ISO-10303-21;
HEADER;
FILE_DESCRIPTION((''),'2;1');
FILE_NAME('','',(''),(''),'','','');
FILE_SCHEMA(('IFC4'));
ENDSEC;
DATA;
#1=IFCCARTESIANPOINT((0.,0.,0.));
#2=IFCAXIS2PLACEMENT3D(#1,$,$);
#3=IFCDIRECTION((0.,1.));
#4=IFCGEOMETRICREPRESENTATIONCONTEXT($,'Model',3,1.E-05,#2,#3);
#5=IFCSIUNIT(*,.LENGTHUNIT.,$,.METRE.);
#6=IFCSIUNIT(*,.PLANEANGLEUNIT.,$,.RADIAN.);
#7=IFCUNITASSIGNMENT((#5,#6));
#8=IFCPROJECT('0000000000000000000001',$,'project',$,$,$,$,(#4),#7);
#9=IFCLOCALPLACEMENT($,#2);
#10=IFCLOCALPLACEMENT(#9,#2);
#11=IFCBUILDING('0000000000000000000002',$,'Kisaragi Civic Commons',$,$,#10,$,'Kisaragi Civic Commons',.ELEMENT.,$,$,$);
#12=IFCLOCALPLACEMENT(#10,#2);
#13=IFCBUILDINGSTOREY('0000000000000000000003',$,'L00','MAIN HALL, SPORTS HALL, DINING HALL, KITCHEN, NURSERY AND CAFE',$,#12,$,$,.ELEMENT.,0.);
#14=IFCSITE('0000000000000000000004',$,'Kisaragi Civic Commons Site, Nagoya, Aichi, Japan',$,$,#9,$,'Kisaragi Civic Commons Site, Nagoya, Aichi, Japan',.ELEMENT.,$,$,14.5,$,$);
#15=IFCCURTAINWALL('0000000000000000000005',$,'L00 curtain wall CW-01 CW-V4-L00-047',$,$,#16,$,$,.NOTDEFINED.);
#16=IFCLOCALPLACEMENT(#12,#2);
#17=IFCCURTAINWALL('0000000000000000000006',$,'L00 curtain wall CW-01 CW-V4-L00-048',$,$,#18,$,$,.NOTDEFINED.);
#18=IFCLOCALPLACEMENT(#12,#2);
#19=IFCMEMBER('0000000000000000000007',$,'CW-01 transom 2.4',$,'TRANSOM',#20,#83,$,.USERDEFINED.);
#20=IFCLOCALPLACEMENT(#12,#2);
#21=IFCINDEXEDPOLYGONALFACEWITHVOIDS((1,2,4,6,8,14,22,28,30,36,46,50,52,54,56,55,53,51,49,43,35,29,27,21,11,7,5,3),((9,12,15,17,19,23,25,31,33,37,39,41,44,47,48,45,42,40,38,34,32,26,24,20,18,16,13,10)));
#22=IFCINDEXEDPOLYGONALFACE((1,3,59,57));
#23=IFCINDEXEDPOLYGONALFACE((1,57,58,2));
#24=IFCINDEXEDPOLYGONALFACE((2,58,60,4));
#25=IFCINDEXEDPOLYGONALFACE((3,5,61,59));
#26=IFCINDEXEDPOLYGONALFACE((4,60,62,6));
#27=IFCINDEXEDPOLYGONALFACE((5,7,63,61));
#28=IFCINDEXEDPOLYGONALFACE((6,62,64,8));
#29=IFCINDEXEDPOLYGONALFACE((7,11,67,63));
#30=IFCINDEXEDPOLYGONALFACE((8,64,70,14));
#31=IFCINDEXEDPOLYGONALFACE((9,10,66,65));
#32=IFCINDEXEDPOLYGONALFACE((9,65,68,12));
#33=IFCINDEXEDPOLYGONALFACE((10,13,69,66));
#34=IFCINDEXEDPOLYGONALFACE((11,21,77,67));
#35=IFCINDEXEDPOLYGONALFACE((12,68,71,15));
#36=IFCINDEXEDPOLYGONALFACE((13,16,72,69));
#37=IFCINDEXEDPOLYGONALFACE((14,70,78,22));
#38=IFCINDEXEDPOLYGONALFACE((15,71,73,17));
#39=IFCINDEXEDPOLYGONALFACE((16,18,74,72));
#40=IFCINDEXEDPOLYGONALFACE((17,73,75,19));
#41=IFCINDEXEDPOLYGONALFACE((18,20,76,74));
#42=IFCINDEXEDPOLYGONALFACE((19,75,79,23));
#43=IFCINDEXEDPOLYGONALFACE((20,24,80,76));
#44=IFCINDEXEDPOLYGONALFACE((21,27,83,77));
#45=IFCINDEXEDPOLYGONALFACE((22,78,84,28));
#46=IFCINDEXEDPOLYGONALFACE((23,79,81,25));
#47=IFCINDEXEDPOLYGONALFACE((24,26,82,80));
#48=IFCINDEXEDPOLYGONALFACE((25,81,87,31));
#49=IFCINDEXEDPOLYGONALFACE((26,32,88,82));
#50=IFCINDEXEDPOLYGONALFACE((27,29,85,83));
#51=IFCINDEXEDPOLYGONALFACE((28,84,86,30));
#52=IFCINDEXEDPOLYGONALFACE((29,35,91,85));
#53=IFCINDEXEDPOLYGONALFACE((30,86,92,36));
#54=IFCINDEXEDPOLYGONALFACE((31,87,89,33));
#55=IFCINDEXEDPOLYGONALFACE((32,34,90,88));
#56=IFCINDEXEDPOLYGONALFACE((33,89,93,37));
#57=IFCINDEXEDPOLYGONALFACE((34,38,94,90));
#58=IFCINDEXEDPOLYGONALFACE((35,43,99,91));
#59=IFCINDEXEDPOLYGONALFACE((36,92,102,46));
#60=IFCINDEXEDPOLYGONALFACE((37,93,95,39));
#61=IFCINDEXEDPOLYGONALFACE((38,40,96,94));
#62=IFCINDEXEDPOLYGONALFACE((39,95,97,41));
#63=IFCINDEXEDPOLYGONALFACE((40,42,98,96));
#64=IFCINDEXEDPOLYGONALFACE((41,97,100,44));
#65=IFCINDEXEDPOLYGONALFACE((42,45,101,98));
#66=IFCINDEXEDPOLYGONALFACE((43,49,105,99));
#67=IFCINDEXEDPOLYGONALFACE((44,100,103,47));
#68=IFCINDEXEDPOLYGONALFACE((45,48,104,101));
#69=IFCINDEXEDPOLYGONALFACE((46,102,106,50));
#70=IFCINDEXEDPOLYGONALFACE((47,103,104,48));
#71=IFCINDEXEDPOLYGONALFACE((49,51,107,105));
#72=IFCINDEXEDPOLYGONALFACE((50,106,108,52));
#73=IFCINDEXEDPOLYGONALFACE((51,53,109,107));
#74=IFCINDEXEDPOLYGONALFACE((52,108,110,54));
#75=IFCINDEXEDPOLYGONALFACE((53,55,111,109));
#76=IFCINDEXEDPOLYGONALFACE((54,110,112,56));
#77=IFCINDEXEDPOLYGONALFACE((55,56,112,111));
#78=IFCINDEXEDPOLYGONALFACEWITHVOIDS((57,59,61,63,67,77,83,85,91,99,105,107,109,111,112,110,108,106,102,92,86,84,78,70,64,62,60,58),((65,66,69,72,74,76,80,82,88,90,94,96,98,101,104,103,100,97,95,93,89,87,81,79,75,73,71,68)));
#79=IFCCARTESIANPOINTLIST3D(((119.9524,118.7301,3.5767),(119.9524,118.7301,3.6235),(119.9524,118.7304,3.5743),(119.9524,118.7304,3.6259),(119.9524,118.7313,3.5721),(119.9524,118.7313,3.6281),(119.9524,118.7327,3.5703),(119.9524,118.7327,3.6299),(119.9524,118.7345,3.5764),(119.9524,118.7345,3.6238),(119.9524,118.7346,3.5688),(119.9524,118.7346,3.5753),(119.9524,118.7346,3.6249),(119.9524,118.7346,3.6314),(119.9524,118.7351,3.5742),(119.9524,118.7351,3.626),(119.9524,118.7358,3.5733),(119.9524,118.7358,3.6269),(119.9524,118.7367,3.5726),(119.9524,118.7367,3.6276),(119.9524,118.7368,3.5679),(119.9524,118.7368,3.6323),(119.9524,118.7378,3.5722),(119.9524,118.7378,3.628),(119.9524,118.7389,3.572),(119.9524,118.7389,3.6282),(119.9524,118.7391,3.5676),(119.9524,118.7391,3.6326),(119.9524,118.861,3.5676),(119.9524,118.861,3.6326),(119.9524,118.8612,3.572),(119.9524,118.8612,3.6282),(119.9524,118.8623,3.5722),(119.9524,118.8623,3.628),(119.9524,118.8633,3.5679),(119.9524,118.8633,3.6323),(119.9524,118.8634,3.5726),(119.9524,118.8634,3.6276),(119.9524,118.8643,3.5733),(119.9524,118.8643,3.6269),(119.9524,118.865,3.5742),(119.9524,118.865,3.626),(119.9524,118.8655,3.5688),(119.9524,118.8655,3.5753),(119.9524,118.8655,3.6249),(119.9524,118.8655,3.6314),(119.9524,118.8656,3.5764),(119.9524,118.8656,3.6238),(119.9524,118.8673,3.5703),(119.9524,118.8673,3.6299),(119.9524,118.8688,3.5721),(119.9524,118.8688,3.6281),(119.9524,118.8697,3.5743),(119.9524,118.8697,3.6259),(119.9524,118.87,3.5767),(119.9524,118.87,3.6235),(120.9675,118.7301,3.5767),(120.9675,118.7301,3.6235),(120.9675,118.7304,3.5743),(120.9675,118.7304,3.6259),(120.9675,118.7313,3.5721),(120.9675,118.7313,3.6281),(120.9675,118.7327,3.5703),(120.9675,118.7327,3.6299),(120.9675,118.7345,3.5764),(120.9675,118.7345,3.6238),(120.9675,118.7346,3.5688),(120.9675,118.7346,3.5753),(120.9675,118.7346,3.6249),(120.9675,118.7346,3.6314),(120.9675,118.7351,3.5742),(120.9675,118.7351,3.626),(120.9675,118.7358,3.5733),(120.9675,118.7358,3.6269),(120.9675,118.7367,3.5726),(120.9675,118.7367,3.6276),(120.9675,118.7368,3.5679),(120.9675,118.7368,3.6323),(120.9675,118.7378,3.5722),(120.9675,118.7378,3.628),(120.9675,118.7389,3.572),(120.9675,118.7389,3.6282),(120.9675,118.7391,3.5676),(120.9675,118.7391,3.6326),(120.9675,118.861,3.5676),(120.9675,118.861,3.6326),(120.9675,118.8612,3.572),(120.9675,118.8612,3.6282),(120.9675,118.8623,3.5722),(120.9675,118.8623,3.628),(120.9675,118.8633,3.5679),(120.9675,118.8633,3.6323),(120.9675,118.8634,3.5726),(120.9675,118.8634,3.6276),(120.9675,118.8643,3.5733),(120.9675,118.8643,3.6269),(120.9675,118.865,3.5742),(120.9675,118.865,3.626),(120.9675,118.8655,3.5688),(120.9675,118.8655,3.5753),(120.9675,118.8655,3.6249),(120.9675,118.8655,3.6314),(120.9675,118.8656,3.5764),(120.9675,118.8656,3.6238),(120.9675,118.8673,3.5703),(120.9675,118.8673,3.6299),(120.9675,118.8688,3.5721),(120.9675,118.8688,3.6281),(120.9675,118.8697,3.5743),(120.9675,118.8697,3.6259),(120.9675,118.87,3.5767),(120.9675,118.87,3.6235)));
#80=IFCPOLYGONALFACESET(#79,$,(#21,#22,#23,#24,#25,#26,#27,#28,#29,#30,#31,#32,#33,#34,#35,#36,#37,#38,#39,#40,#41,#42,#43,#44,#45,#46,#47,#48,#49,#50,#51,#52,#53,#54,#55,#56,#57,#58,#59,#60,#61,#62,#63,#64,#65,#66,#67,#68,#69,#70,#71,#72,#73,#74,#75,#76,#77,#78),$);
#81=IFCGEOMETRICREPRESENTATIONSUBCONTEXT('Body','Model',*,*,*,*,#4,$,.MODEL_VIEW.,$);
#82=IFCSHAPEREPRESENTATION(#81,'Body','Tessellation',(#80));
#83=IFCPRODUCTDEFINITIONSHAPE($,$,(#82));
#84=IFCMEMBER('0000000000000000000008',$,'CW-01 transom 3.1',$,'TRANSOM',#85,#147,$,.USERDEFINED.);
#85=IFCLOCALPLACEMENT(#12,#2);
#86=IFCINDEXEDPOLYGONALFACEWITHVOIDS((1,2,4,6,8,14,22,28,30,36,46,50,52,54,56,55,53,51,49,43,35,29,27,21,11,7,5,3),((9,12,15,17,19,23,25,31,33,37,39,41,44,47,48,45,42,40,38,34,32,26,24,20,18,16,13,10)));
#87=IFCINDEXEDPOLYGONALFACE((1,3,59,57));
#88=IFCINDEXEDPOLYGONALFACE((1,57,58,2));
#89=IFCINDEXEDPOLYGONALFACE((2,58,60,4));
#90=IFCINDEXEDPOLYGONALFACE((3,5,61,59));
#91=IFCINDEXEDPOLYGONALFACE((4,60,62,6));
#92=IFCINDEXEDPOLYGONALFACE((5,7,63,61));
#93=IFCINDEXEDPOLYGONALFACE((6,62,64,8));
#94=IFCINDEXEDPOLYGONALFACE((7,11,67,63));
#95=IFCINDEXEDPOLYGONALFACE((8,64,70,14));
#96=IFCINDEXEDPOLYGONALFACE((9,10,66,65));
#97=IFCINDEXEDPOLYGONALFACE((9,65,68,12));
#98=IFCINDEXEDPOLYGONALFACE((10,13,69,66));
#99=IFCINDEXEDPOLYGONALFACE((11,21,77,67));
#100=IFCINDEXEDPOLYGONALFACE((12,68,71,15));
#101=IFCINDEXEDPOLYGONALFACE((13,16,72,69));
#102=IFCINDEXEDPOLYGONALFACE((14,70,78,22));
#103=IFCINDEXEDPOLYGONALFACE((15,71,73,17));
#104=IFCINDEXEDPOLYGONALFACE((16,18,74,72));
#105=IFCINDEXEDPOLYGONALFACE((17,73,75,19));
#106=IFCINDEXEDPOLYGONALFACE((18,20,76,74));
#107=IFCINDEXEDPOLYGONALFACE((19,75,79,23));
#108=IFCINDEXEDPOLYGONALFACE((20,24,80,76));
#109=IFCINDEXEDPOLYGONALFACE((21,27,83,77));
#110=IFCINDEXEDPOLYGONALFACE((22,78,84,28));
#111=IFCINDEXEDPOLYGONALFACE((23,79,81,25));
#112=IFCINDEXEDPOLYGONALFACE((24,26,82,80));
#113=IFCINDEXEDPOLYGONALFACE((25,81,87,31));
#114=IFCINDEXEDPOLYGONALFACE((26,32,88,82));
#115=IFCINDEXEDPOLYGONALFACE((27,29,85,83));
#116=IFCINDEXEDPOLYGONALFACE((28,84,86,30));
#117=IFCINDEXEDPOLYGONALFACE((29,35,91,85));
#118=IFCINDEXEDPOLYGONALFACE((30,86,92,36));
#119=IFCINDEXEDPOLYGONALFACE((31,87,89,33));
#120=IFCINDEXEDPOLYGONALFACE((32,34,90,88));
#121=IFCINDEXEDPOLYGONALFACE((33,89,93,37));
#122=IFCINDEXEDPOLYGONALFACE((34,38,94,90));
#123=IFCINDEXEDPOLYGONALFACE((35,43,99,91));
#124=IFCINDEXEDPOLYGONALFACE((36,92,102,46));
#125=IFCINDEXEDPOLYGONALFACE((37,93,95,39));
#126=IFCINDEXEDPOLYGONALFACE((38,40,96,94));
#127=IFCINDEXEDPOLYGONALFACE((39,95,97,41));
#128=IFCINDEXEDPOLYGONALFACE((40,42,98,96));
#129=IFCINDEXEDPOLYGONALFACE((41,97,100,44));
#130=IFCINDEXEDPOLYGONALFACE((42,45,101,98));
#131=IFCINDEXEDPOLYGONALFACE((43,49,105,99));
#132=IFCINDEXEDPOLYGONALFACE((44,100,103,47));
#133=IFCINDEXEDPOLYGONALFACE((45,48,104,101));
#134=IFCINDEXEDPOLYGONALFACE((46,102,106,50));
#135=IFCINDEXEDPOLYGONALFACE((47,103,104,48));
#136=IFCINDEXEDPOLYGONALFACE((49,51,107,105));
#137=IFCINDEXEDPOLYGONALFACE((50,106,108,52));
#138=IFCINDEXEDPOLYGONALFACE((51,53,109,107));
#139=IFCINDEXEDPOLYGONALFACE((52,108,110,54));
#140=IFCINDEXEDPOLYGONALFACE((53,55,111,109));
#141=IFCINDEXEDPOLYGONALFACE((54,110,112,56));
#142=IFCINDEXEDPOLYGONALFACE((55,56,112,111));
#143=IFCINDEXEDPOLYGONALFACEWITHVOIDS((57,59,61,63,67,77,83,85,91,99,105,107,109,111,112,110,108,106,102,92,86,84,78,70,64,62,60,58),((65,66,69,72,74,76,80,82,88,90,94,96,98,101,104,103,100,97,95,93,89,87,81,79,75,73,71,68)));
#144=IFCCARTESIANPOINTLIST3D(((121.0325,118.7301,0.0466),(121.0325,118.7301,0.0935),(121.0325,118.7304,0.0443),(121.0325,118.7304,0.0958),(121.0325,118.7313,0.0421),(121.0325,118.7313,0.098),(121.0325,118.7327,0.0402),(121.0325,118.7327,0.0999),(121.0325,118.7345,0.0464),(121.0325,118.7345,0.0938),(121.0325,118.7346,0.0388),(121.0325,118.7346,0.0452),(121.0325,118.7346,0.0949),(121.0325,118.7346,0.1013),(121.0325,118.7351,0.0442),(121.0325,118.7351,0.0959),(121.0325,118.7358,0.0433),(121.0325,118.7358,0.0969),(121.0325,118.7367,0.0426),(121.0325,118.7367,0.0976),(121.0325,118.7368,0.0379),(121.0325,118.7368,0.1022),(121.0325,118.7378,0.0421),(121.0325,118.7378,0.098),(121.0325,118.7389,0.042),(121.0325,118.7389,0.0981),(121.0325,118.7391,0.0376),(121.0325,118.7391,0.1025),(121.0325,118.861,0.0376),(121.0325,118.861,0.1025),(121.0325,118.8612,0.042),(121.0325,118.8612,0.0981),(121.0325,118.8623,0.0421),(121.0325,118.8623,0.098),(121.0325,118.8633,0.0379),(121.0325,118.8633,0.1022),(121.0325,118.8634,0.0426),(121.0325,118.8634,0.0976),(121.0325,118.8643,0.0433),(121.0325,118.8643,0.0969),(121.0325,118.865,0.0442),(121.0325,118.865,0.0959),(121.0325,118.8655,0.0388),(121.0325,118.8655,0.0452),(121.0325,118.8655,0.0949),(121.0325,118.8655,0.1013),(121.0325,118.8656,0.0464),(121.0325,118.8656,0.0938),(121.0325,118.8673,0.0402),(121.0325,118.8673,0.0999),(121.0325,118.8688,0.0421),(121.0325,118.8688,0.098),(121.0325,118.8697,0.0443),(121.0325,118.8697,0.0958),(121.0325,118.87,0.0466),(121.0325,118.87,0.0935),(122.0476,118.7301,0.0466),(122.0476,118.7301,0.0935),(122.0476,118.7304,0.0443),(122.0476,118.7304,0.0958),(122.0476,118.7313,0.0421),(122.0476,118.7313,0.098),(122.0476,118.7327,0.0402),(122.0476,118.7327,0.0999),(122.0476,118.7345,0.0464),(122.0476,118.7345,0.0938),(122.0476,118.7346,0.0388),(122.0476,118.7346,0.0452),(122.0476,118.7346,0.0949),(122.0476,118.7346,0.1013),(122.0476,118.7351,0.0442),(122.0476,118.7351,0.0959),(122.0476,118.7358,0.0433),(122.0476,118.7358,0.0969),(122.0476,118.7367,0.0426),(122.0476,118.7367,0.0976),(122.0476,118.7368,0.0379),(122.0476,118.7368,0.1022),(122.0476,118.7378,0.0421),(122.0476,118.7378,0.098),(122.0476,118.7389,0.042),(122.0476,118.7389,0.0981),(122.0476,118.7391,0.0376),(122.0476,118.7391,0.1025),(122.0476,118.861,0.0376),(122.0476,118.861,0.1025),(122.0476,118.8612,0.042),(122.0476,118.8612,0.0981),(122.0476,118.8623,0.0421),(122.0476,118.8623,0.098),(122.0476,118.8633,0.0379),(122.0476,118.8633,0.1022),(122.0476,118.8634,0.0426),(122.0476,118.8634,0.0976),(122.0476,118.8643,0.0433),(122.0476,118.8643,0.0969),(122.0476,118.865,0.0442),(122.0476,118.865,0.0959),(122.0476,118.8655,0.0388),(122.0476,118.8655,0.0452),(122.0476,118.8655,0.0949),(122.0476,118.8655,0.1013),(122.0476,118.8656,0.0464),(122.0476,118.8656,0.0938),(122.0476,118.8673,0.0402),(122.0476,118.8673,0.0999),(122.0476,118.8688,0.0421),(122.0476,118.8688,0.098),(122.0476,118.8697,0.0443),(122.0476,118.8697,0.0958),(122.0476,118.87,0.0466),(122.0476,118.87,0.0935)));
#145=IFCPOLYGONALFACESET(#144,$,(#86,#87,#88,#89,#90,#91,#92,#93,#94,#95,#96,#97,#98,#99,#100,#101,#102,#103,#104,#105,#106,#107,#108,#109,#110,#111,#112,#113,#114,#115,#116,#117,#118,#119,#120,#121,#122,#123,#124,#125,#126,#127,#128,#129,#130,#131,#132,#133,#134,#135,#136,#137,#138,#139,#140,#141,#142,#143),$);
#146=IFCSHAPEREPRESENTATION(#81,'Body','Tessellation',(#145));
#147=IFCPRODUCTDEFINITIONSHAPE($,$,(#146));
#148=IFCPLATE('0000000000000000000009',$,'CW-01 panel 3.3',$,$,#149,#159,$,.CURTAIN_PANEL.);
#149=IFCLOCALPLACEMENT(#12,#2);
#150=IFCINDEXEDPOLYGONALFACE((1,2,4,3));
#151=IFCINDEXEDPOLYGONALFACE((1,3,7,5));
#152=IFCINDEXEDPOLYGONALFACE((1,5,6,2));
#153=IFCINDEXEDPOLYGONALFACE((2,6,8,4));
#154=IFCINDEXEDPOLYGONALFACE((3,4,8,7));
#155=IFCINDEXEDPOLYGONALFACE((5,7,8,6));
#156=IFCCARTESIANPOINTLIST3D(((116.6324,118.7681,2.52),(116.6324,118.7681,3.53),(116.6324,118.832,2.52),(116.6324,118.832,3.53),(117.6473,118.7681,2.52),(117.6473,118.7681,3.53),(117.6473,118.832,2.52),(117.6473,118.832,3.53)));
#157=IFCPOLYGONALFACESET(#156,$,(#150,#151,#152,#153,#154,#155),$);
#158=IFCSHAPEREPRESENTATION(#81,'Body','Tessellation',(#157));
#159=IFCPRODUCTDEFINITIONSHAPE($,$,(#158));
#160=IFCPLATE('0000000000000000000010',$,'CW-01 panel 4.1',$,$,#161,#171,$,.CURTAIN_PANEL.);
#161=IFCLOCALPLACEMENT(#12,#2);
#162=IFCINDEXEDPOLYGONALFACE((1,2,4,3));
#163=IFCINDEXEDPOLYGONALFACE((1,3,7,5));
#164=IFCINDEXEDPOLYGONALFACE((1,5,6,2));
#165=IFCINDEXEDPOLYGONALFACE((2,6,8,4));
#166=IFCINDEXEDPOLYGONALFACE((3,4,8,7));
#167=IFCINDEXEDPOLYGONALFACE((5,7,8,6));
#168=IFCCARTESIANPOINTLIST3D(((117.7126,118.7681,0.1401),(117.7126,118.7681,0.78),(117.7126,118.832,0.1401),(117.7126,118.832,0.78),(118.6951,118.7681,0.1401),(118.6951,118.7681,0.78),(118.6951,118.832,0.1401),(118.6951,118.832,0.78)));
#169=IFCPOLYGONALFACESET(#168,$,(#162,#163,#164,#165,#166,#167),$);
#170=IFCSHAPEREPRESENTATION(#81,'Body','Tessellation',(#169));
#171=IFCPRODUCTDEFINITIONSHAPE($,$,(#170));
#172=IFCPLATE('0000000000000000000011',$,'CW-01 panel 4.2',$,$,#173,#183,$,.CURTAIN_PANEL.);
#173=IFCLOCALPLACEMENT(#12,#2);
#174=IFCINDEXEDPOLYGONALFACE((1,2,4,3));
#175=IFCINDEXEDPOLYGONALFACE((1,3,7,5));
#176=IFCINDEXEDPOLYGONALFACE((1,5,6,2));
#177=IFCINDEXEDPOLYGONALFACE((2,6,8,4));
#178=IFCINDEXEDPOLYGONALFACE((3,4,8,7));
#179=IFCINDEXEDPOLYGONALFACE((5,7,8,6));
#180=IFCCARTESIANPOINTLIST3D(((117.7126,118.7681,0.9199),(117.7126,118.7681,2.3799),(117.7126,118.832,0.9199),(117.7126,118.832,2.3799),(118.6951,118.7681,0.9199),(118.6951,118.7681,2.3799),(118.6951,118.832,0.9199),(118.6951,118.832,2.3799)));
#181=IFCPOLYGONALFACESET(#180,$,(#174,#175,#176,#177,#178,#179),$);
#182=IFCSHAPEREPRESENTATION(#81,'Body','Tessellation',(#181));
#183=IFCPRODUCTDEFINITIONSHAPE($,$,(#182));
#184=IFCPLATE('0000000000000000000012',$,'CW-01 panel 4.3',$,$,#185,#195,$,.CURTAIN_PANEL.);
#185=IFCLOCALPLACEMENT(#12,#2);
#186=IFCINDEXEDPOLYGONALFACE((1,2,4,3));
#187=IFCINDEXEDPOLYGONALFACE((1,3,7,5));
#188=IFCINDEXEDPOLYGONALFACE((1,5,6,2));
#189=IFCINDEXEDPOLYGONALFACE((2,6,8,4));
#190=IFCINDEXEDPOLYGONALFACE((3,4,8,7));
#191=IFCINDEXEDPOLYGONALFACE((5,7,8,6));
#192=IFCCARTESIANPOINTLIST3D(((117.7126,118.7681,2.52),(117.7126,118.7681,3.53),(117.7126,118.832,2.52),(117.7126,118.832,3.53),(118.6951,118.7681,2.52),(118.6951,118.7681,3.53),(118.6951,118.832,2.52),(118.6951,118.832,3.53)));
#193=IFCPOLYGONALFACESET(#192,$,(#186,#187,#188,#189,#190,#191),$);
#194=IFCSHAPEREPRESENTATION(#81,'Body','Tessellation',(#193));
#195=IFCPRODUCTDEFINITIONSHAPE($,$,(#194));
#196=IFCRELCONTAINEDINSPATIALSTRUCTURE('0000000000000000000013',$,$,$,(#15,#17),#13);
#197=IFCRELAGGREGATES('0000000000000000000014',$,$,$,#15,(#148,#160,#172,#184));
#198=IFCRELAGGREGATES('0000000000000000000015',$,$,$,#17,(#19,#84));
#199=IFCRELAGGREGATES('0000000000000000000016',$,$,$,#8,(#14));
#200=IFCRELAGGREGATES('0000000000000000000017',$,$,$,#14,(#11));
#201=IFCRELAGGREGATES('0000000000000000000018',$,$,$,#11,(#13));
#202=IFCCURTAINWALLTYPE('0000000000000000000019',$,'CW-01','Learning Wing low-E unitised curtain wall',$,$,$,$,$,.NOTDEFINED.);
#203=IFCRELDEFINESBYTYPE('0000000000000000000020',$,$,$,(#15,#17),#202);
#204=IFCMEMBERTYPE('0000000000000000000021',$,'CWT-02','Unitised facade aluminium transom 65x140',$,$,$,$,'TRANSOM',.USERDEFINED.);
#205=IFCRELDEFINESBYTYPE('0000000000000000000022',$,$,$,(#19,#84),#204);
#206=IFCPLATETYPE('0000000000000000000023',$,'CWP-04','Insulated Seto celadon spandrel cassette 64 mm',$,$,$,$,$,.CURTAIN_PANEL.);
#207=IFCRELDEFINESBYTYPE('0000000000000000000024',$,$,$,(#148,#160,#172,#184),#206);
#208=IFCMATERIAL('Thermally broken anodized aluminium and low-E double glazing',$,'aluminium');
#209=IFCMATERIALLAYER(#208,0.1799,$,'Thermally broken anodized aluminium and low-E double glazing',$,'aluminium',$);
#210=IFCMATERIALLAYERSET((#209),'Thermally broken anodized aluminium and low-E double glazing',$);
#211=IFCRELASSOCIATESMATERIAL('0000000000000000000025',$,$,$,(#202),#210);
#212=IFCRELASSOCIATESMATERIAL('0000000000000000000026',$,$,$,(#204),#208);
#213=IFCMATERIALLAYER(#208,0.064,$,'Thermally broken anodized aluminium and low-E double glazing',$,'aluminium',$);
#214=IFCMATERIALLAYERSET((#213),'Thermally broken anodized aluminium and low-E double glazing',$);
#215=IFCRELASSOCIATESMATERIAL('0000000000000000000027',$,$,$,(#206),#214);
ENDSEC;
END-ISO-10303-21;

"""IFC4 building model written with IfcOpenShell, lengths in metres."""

from ifc_helpers import new_model, si_unit, direction, frame, origin, origin_2d, place, context, subcontext, project, spatial, rectangle, hollow_rectangle, extrude, material, layer, layer_set, material_profile, profile_set, type_object, element, aggregate, save


model = new_model("IFC4")

# Units and contexts
model_context = context("Model", 3, precision=1e-05, world=origin(), true_north=direction((0.0, 1.0)))
body_context = subcontext(model_context, "Body", "Model", "MODEL_VIEW")
ifc_project = project(units=[si_unit("LENGTHUNIT", "METRE"), si_unit("PLANEANGLEUNIT", "RADIAN")], contexts=[model_context])

# Site, building, storey
site_placement = place(None, origin())
site = spatial("IfcSite", under=ifc_project, at=site_placement, Name="Kisaragi Civic Commons Site, Nagoya, Aichi, Japan", LongName="Kisaragi Civic Commons Site, Nagoya, Aichi, Japan", CompositionType="ELEMENT", RefElevation=14.5)
building_placement = place(site_placement, origin())
building = spatial("IfcBuilding", under=site, at=building_placement, Name="Kisaragi Civic Commons", LongName="Kisaragi Civic Commons", CompositionType="ELEMENT")
storey_placement = place(building_placement, origin())
storey = spatial("IfcBuildingStorey", under=building, at=storey_placement, Name="L00", Description="MAIN HALL, SPORTS HALL, DINING HALL, KITCHEN, NURSERY AND CAFE", CompositionType="ELEMENT", Elevation=0.0)

# Curtain walls
ifc_material_1 = material(Name="Thermally broken anodized aluminium and low-E double glazing", Category="aluminium")
ifc_layer_1 = layer(ifc_material_1, 0.1799, Name="Thermally broken anodized aluminium and low-E double glazing", Category="aluminium")
ifc_layer_set_1 = layer_set([ifc_layer_1], Name="Thermally broken anodized aluminium and low-E double glazing")
curtain_wall_type = type_object("IfcCurtainWallType", Name="CW-01", Description="Learning Wing low-E unitised curtain wall", PredefinedType="NOTDEFINED", material=ifc_layer_set_1)
curtain_wall_1_placement = place(storey_placement, origin())
curtain_wall_1 = element("IfcCurtainWall", 1, at=curtain_wall_1_placement, inside=storey, type_object=curtain_wall_type, Name="L00 curtain wall CW-01 CW-V4-L00-047", PredefinedType="NOTDEFINED")
curtain_wall_2_placement = place(storey_placement, origin())
curtain_wall_2 = element("IfcCurtainWall", 2, at=curtain_wall_2_placement, inside=storey, type_object=curtain_wall_type, Name="L00 curtain wall CW-01 CW-V4-L00-048", PredefinedType="NOTDEFINED")

# Members
ifc_material_profile_1 = material_profile(ifc_material_1, hollow_rectangle(XDim=0.1399, YDim=0.0649, WallThickness=0.0044, InnerFilletRadius=0.0044, OuterFilletRadius=0.009, at=origin_2d()), Name="CWT-65x140x4.5", Category="aluminium")
ifc_profile_set_1 = profile_set([ifc_material_profile_1], Name="Thermally broken anodized aluminium and low-E double glazing")
member_type_1 = type_object("IfcMemberType", Name="CWT-02", Description="Unitised facade aluminium transom 65x140", ElementType="TRANSOM", PredefinedType="USERDEFINED", material=ifc_profile_set_1)
member_1_placement = place(storey_placement, frame((119.9524, 118.8, 3.6001), z_axis=(1.0, 0.0, 0.0), x_axis=(0.0, 1.0, 0.0)))
member_1 = element("IfcMember", 3, at=member_1_placement, type_object=member_type_1, Name="CW-01 transom 2.4", ObjectType="TRANSOM", PredefinedType="USERDEFINED", context=body_context, shape_type="SweptSolid", body=[
    extrude(hollow_rectangle(XDim=0.1399, YDim=0.0649, WallThickness=0.0044, InnerFilletRadius=0.0044, OuterFilletRadius=0.009, at=origin_2d()), origin(), (0.0, 0.0, 1.0), 1.0151),
])
member_2_placement = place(storey_placement, frame((121.0325, 118.8, 0.0701), z_axis=(1.0, 0.0, 0.0), x_axis=(0.0, 1.0, 0.0)))
member_2 = element("IfcMember", 4, at=member_2_placement, type_object=member_type_1, Name="CW-01 transom 3.1", ObjectType="TRANSOM", PredefinedType="USERDEFINED", context=body_context, shape_type="SweptSolid", body=[
    extrude(hollow_rectangle(XDim=0.1399, YDim=0.0649, WallThickness=0.0044, InnerFilletRadius=0.0044, OuterFilletRadius=0.009, at=origin_2d()), origin(), (0.0, 0.0, 1.0), 1.0151),
])

# Plates
ifc_layer_2 = layer(ifc_material_1, 0.064, Name="Thermally broken anodized aluminium and low-E double glazing", Category="aluminium")
ifc_layer_set_2 = layer_set([ifc_layer_2], Name="Thermally broken anodized aluminium and low-E double glazing")
plate_type_1 = type_object("IfcPlateType", Name="CWP-04", Description="Insulated Seto celadon spandrel cassette 64 mm", PredefinedType="CURTAIN_PANEL", material=ifc_layer_set_2)
plate_1_placement = place(storey_placement, frame((117.1399, 118.8, 2.52), z_axis=(0.0, 0.0, 1.0), x_axis=(1.0, 0.0, 0.0)))
plate_1 = element("IfcPlate", 5, at=plate_1_placement, type_object=plate_type_1, Name="CW-01 panel 3.3", PredefinedType="CURTAIN_PANEL", context=body_context, shape_type="SweptSolid", body=[
    extrude(rectangle(XDim=1.0149, YDim=0.064, at=origin_2d()), origin(), (0.0, 0.0, 1.0), 1.01),
])
plate_2_placement = place(storey_placement, frame((118.2039, 118.8, 0.1401), z_axis=(0.0, 0.0, 1.0), x_axis=(1.0, 0.0, 0.0)))
plate_2 = element("IfcPlate", 6, at=plate_2_placement, type_object=plate_type_1, Name="CW-01 panel 4.1", PredefinedType="CURTAIN_PANEL", context=body_context, shape_type="SweptSolid", body=[
    extrude(rectangle(XDim=0.9824, YDim=0.064, at=origin_2d()), origin(), (0.0, 0.0, 1.0), 0.6399),
])
plate_3_placement = place(storey_placement, frame((118.2039, 118.8, 0.9199), z_axis=(0.0, 0.0, 1.0), x_axis=(1.0, 0.0, 0.0)))
plate_3 = element("IfcPlate", 7, at=plate_3_placement, type_object=plate_type_1, Name="CW-01 panel 4.2", PredefinedType="CURTAIN_PANEL", context=body_context, shape_type="SweptSolid", body=[
    extrude(rectangle(XDim=0.9824, YDim=0.064, at=origin_2d()), origin(), (0.0, 0.0, 1.0), 1.46),
])
plate_4_placement = place(storey_placement, frame((118.2039, 118.8, 2.52), z_axis=(0.0, 0.0, 1.0), x_axis=(1.0, 0.0, 0.0)))
plate_4 = element("IfcPlate", 8, at=plate_4_placement, type_object=plate_type_1, Name="CW-01 panel 4.3", PredefinedType="CURTAIN_PANEL", context=body_context, shape_type="SweptSolid", body=[
    extrude(rectangle(XDim=0.9824, YDim=0.064, at=origin_2d()), origin(), (0.0, 0.0, 1.0), 1.01),
])
aggregate(curtain_wall_1, [plate_1, plate_2, plate_3, plate_4])
aggregate(curtain_wall_2, [member_1, member_2])

save(model, "model.ifc")
